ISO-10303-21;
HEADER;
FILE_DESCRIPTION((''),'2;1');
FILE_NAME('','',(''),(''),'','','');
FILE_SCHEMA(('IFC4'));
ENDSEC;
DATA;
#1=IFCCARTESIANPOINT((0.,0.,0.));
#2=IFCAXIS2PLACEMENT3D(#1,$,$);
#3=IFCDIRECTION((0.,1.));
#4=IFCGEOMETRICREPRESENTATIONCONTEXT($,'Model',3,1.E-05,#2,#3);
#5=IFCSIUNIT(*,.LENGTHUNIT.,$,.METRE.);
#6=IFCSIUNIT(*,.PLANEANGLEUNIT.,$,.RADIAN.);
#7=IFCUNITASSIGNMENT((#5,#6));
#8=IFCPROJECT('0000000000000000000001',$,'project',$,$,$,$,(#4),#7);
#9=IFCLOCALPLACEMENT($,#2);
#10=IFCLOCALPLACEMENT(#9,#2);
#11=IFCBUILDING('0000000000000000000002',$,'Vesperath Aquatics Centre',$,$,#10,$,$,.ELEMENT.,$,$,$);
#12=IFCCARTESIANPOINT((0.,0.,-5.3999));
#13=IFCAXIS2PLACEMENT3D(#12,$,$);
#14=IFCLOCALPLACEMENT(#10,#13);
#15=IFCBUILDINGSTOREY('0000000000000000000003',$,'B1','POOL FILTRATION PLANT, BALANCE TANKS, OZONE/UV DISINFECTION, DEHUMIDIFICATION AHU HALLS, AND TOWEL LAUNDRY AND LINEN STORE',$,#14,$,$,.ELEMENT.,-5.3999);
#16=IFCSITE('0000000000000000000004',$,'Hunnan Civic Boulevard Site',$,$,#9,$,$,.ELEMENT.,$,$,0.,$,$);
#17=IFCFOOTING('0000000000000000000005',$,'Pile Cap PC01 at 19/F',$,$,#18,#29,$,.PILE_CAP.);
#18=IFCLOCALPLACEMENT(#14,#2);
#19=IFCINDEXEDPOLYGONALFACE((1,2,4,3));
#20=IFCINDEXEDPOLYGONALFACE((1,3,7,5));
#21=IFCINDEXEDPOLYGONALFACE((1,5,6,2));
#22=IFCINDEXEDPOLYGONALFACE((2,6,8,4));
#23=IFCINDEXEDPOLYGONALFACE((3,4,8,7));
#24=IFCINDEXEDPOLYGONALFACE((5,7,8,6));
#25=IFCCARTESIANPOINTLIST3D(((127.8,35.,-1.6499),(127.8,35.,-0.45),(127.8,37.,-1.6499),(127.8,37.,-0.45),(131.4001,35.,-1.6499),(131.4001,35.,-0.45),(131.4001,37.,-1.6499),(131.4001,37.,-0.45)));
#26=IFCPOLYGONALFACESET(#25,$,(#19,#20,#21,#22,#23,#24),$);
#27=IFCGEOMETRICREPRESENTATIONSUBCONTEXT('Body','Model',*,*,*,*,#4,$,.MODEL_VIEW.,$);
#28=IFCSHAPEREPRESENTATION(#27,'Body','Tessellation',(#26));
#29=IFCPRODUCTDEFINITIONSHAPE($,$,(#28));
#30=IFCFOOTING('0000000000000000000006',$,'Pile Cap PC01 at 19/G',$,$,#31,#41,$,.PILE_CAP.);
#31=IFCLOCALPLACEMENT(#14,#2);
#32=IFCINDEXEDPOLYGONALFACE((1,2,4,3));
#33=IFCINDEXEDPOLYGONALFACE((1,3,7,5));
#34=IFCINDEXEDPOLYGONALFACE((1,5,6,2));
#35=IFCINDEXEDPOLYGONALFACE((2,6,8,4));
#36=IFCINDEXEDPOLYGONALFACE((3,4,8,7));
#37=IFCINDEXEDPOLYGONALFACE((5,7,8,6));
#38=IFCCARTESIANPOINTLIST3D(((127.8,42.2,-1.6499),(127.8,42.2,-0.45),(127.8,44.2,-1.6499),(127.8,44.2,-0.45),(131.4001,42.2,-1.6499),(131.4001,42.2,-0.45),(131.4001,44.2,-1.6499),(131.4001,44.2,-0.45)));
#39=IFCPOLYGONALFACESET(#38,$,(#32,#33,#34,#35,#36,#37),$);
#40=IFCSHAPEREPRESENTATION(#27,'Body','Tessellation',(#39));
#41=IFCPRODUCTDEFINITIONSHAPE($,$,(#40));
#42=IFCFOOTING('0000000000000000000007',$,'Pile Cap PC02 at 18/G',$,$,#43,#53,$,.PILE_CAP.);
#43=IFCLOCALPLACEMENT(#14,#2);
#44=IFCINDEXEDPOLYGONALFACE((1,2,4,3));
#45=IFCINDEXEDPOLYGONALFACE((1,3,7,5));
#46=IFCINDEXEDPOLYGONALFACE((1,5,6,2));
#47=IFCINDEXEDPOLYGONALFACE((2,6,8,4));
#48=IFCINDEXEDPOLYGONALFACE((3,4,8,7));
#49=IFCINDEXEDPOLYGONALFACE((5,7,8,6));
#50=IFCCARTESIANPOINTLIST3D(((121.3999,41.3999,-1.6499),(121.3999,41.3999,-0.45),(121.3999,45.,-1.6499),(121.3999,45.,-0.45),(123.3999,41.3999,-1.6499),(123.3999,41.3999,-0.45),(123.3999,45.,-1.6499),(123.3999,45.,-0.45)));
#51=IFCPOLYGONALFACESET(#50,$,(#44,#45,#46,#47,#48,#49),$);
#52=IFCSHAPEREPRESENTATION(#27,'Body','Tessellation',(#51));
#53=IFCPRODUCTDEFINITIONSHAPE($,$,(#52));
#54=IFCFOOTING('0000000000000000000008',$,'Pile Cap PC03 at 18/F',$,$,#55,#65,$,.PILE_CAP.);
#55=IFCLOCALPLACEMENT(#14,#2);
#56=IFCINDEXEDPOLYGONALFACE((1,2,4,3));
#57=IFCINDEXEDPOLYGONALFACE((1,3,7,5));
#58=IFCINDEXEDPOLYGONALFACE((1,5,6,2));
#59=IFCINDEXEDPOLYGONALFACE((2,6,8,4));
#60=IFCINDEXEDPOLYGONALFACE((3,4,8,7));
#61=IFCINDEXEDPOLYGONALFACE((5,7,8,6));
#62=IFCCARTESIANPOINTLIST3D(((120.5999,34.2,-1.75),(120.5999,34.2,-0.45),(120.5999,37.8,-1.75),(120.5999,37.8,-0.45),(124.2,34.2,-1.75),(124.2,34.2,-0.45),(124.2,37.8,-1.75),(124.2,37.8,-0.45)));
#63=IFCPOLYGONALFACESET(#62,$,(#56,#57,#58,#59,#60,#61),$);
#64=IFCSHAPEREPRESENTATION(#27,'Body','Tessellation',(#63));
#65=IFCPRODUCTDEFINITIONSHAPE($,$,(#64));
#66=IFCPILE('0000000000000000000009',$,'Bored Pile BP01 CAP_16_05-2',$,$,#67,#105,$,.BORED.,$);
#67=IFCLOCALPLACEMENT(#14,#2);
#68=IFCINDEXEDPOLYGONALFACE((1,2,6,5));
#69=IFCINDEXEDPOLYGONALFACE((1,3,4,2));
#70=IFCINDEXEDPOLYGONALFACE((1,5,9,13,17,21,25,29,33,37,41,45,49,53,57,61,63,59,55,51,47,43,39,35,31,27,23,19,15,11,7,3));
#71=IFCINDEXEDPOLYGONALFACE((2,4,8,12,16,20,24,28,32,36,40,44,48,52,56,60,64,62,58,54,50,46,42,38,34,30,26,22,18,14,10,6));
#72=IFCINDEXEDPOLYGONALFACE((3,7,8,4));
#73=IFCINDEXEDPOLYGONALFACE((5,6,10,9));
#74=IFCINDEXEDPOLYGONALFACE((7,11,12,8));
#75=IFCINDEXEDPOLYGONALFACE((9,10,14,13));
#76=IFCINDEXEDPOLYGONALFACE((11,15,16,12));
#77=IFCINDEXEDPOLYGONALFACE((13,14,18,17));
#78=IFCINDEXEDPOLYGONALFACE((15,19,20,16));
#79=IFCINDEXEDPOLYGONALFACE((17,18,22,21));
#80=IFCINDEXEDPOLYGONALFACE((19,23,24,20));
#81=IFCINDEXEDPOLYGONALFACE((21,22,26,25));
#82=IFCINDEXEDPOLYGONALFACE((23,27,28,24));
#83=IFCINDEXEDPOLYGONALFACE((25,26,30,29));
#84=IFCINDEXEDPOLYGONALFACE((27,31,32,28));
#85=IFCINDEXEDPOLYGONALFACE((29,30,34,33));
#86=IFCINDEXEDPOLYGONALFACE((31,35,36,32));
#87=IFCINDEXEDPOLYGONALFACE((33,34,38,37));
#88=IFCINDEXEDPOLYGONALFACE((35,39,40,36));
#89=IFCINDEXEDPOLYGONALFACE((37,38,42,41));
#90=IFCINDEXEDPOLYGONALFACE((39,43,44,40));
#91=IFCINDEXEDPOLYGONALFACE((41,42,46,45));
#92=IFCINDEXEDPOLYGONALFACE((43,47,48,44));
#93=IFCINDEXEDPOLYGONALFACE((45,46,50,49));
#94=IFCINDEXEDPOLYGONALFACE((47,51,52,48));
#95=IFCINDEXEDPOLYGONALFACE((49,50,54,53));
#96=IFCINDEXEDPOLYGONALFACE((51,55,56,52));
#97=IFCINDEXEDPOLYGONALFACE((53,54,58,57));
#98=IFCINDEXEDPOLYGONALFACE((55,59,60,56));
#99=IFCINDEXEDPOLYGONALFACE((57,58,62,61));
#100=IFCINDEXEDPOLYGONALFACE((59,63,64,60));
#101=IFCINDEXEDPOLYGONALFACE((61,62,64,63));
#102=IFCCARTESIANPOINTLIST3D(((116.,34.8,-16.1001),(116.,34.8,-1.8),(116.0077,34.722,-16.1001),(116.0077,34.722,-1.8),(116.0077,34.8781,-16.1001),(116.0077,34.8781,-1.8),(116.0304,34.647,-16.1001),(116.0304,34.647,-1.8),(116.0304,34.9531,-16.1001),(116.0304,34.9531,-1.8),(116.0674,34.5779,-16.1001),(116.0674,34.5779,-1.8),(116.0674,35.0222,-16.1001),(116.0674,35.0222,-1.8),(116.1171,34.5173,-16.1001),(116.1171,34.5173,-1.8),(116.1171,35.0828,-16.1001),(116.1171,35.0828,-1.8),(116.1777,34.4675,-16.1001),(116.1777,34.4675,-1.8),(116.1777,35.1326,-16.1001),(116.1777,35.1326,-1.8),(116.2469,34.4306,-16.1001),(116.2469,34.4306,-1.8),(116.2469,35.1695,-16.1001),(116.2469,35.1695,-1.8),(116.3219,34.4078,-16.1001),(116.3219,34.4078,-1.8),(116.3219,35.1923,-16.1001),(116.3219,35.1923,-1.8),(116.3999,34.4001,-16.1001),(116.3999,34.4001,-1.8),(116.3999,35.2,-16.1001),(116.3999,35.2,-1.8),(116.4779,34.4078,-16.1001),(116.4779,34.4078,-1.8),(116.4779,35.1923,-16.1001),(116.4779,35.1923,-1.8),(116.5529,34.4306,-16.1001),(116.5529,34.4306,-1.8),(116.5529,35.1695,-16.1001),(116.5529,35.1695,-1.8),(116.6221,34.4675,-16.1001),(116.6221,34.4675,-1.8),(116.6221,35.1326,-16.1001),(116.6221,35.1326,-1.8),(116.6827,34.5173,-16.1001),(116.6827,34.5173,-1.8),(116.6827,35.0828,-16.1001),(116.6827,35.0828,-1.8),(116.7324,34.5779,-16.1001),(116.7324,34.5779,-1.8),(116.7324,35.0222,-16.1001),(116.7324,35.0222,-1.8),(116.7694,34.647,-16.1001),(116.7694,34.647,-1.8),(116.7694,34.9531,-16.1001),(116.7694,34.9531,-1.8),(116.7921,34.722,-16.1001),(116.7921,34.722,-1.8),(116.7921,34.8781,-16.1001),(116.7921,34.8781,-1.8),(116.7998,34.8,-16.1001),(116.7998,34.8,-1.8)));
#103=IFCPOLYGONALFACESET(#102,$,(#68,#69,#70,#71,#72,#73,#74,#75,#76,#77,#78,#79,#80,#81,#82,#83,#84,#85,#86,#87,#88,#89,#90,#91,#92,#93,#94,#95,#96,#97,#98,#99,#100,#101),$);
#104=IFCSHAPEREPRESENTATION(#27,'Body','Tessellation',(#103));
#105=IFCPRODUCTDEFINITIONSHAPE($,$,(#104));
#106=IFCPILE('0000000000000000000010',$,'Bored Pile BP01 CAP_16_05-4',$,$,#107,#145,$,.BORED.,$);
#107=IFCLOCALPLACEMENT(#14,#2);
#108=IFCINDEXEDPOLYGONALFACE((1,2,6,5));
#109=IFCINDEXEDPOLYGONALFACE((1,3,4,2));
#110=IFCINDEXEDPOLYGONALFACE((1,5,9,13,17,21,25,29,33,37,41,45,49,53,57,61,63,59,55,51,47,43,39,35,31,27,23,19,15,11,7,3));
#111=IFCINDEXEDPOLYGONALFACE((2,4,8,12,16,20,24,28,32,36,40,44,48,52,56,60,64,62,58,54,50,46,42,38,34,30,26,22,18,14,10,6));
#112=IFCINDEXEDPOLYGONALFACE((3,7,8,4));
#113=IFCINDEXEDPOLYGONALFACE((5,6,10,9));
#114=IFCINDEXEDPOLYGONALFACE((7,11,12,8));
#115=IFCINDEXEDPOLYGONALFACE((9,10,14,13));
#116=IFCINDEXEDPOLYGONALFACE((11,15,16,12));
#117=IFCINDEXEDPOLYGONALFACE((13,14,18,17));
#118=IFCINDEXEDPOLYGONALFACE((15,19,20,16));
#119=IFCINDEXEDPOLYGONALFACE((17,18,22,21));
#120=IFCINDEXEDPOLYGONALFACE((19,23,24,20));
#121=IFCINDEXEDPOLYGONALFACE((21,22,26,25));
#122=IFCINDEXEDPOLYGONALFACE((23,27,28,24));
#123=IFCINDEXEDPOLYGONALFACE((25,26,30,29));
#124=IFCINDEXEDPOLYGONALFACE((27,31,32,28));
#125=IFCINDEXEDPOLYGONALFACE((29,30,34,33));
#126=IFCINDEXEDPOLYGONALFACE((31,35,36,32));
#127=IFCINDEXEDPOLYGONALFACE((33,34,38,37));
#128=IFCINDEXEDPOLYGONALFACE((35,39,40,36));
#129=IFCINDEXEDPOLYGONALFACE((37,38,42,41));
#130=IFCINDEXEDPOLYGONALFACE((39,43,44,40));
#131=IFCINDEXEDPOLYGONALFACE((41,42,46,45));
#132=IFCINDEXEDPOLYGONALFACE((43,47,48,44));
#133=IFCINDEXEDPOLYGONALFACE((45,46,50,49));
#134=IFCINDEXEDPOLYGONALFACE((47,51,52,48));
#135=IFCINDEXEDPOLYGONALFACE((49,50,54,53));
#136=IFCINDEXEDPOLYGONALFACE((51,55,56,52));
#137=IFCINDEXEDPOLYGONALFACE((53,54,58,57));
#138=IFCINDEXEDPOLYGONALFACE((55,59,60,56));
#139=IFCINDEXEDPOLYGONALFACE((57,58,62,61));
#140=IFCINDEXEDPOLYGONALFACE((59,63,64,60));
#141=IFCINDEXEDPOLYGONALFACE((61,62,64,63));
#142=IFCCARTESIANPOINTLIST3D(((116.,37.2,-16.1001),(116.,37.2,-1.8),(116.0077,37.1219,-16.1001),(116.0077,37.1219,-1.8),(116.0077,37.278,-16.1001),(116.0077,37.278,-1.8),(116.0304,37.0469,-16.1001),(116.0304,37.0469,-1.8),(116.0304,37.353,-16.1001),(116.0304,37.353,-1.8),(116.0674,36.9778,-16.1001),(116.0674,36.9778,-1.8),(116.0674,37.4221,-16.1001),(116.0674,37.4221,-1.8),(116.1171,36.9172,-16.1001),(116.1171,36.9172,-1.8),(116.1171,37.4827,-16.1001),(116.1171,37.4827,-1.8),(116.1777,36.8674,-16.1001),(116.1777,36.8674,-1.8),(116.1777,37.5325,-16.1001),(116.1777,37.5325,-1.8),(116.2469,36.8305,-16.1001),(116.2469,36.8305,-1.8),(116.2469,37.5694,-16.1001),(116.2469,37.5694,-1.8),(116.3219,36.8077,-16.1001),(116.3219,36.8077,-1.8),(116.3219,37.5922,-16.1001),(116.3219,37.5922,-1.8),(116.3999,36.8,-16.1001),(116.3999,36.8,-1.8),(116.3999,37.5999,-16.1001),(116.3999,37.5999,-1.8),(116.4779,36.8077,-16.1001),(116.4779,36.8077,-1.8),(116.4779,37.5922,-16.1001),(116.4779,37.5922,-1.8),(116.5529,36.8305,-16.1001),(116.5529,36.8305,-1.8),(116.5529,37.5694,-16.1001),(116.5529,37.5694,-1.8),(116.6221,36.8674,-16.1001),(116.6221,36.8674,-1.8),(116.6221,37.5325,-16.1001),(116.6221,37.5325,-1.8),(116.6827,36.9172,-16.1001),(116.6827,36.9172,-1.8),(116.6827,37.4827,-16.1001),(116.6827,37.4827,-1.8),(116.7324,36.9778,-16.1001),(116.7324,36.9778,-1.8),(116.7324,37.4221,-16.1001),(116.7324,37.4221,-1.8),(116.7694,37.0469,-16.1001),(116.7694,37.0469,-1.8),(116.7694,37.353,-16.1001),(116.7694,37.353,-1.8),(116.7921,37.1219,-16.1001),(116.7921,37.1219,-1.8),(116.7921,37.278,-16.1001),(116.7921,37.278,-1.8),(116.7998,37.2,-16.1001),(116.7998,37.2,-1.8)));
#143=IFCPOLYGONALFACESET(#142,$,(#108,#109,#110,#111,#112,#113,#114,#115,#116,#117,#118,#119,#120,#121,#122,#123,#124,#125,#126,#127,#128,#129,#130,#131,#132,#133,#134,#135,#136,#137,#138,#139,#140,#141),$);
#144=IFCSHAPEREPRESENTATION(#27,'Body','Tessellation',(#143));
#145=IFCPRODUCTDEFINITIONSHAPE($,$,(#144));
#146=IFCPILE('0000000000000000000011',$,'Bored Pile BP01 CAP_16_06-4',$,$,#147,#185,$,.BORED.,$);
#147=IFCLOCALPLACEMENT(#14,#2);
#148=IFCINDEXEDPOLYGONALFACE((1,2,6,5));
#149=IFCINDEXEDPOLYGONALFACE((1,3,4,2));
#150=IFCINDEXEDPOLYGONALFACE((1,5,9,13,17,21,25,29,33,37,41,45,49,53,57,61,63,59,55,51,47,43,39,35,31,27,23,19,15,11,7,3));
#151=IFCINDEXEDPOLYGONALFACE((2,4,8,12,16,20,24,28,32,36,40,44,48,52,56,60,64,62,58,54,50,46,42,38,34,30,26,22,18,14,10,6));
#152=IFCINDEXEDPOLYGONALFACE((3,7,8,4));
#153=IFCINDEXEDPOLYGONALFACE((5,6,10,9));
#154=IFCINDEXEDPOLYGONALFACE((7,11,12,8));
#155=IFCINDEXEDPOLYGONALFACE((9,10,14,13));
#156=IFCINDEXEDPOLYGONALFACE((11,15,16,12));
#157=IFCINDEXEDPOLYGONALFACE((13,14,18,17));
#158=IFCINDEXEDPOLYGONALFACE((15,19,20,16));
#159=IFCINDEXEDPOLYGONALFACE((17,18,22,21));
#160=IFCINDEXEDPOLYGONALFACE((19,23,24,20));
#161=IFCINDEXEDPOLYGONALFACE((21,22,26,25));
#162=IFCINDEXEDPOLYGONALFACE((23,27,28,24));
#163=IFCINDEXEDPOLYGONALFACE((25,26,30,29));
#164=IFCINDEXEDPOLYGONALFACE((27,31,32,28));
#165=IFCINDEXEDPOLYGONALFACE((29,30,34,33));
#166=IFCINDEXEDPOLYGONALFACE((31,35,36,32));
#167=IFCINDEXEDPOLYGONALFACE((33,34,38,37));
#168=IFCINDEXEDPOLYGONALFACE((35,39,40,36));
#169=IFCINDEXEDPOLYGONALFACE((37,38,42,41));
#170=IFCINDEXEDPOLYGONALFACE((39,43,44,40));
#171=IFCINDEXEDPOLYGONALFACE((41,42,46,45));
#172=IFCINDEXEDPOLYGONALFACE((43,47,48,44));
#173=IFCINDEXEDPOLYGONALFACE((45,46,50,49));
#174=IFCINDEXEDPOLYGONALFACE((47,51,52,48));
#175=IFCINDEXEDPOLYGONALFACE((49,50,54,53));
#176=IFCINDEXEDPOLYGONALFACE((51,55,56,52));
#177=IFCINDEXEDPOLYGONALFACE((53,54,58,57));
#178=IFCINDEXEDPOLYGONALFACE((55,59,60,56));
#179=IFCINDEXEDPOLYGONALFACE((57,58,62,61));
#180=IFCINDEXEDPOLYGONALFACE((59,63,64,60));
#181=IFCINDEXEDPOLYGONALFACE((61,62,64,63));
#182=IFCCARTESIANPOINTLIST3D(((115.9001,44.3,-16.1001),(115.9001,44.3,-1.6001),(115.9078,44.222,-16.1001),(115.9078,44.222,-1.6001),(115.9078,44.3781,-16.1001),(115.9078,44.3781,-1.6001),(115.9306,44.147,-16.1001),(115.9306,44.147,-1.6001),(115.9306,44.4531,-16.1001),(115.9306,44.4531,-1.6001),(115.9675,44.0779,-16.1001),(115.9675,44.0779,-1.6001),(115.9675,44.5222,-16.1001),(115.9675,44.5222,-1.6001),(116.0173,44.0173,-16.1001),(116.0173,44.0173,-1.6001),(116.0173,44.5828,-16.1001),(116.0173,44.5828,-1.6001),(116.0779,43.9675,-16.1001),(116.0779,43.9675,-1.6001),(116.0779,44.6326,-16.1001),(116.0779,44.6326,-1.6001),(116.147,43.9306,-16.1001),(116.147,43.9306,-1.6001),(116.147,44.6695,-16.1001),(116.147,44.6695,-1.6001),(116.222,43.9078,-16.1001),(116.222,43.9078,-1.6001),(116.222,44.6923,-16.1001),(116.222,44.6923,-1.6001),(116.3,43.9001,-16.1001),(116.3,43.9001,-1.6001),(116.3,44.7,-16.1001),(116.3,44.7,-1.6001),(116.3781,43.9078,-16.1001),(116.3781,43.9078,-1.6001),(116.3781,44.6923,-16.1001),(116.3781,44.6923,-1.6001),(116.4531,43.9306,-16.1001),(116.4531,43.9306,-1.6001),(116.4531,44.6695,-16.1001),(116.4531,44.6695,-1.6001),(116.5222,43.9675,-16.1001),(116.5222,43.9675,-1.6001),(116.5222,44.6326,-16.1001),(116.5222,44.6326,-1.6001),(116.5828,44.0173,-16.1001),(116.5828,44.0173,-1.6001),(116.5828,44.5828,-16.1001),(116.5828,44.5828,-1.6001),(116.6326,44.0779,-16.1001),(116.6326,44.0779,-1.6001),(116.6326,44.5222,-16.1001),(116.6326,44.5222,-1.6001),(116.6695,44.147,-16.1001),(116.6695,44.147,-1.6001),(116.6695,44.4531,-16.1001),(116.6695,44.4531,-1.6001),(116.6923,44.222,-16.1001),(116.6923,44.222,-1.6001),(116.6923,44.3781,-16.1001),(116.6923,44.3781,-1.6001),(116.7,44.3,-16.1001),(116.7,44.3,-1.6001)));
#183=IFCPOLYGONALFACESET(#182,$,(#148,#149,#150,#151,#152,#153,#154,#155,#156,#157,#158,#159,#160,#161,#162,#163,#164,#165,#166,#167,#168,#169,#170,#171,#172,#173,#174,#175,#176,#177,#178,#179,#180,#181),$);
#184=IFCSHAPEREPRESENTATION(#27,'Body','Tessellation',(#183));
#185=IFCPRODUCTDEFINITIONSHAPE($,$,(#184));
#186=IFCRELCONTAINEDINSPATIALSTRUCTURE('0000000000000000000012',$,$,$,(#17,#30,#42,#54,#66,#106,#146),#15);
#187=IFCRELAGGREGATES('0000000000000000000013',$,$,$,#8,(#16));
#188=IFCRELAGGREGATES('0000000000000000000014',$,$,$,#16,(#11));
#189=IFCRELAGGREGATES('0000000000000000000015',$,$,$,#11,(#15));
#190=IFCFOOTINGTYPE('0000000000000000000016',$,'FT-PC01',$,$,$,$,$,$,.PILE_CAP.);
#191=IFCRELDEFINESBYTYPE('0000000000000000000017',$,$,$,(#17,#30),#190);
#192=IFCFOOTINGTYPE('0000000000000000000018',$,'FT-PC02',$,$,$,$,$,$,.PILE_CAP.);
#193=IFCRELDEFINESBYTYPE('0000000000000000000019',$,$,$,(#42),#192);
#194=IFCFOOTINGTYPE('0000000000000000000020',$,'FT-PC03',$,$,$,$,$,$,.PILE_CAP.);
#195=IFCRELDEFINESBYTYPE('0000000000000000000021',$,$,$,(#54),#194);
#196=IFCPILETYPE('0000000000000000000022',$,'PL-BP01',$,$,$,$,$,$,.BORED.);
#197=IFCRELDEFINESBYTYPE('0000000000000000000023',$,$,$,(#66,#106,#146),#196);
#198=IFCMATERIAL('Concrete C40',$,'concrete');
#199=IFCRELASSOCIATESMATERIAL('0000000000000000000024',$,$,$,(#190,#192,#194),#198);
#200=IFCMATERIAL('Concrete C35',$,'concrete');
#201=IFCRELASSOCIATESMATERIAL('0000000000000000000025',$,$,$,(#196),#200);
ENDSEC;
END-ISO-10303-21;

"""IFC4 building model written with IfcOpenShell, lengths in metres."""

from ifc_helpers import new_model, si_unit, direction, frame, origin, origin_2d, place, context, subcontext, project, spatial, rectangle, circle, extrude, material, material_profile, profile_set, type_object, element, save


model = new_model("IFC4")

# Units and contexts
model_context = context("Model", 3, precision=1e-05, world=origin(), true_north=direction((0.0, 1.0)))
body_context = subcontext(model_context, "Body", "Model", "MODEL_VIEW")
ifc_project = project(units=[si_unit("LENGTHUNIT", "METRE"), si_unit("PLANEANGLEUNIT", "RADIAN")], contexts=[model_context])

# Site, building, storey
site_placement = place(None, origin())
site = spatial("IfcSite", under=ifc_project, at=site_placement, Name="Hunnan Civic Boulevard Site", CompositionType="ELEMENT", RefElevation=0.0)
building_placement = place(site_placement, origin())
building = spatial("IfcBuilding", under=site, at=building_placement, Name="Vesperath Aquatics Centre", CompositionType="ELEMENT")
storey_placement = place(building_placement, frame((0.0, 0.0, -5.3999)))
storey = spatial("IfcBuildingStorey", under=building, at=storey_placement, Name="B1", Description="POOL FILTRATION PLANT, BALANCE TANKS, OZONE/UV DISINFECTION, DEHUMIDIFICATION AHU HALLS, AND TOWEL LAUNDRY AND LINEN STORE", CompositionType="ELEMENT", Elevation=-5.3999)

# Footings
ifc_material_1 = material(Name="Concrete C40", Category="concrete")
footing_type_1 = type_object("IfcFootingType", Name="FT-PC01", PredefinedType="PILE_CAP", material=ifc_material_1)
for number, where, z_axis, x_axis, name in (
    (1, (129.6001, 36.0, -1.6499), (0.0, 0.0, 1.0), (1.0, 0.0, 0.0), "Pile Cap PC01 at 19/F"),
    (2, (129.6001, 43.2, -1.6499), (0.0, 0.0, 1.0), (1.0, 0.0, 0.0), "Pile Cap PC01 at 19/G"),
):
    element("IfcFooting", number, at=place(storey_placement, frame(where, z_axis=z_axis, x_axis=x_axis)), inside=storey, type_object=footing_type_1, Name=name, PredefinedType="PILE_CAP", context=body_context, shape_type="SweptSolid", body=[
        extrude(rectangle(XDim=3.6001, YDim=2.0, at=origin_2d()), origin(), (0.0, 0.0, 1.0), 1.2),
    ])
footing_type_2 = type_object("IfcFootingType", Name="FT-PC02", PredefinedType="PILE_CAP", material=ifc_material_1)
footing_1_placement = place(storey_placement, frame((122.3999, 43.2, -1.6499), z_axis=(0.0, 0.0, 1.0), x_axis=(1.0, 0.0, 0.0)))
element("IfcFooting", 3, at=footing_1_placement, inside=storey, type_object=footing_type_2, Name="Pile Cap PC02 at 18/G", PredefinedType="PILE_CAP", context=body_context, shape_type="SweptSolid", body=[
    extrude(rectangle(XDim=2.0, YDim=3.6001, at=origin_2d()), origin(), (0.0, 0.0, 1.0), 1.2),
])
footing_type_3 = type_object("IfcFootingType", Name="FT-PC03", PredefinedType="PILE_CAP", material=ifc_material_1)
footing_2_placement = place(storey_placement, frame((122.3999, 36.0, -1.75), z_axis=(0.0, 0.0, 1.0), x_axis=(1.0, 0.0, 0.0)))
element("IfcFooting", 4, at=footing_2_placement, inside=storey, type_object=footing_type_3, Name="Pile Cap PC03 at 18/F", PredefinedType="PILE_CAP", context=body_context, shape_type="SweptSolid", body=[
    extrude(rectangle(XDim=3.6001, YDim=3.6001, at=origin_2d()), origin(), (0.0, 0.0, 1.0), 1.3),
])

# Piles
ifc_material_2 = material(Name="Concrete C35", Category="concrete")
ifc_material_profile_1 = material_profile(ifc_material_2, circle(Radius=0.3999, at=origin_2d()), Name="PILE D800")
ifc_profile_set_1 = profile_set([ifc_material_profile_1], Name="Concrete C35")
pile_type = type_object("IfcPileType", Name="PL-BP01", PredefinedType="BORED", material=ifc_profile_set_1)
for number, where, z_axis, x_axis, name in (
    (5, (116.3999, 34.8, -1.8), (0.0, 0.0, -1.0), (1.0, 0.0, 0.0), "Bored Pile BP01 CAP_16_05-2"),
    (6, (116.3999, 37.2, -1.8), (0.0, 0.0, -1.0), (1.0, 0.0, 0.0), "Bored Pile BP01 CAP_16_05-4"),
):
    element("IfcPile", number, at=place(storey_placement, frame(where, z_axis=z_axis, x_axis=x_axis)), inside=storey, type_object=pile_type, Name=name, PredefinedType="BORED", context=body_context, shape_type="SweptSolid", body=[
        extrude(circle(Radius=0.3999, at=origin_2d()), origin(), (0.0, 0.0, 1.0), 14.3),
    ])
pile_placement = place(storey_placement, frame((116.3, 44.3, -1.6001), z_axis=(0.0, 0.0, -1.0), x_axis=(1.0, 0.0, 0.0)))
element("IfcPile", 7, at=pile_placement, inside=storey, type_object=pile_type, Name="Bored Pile BP01 CAP_16_06-4", PredefinedType="BORED", context=body_context, shape_type="SweptSolid", body=[
    extrude(circle(Radius=0.3999, at=origin_2d()), origin(), (0.0, 0.0, 1.0), 14.5),
])

save(model, "model.ifc")
